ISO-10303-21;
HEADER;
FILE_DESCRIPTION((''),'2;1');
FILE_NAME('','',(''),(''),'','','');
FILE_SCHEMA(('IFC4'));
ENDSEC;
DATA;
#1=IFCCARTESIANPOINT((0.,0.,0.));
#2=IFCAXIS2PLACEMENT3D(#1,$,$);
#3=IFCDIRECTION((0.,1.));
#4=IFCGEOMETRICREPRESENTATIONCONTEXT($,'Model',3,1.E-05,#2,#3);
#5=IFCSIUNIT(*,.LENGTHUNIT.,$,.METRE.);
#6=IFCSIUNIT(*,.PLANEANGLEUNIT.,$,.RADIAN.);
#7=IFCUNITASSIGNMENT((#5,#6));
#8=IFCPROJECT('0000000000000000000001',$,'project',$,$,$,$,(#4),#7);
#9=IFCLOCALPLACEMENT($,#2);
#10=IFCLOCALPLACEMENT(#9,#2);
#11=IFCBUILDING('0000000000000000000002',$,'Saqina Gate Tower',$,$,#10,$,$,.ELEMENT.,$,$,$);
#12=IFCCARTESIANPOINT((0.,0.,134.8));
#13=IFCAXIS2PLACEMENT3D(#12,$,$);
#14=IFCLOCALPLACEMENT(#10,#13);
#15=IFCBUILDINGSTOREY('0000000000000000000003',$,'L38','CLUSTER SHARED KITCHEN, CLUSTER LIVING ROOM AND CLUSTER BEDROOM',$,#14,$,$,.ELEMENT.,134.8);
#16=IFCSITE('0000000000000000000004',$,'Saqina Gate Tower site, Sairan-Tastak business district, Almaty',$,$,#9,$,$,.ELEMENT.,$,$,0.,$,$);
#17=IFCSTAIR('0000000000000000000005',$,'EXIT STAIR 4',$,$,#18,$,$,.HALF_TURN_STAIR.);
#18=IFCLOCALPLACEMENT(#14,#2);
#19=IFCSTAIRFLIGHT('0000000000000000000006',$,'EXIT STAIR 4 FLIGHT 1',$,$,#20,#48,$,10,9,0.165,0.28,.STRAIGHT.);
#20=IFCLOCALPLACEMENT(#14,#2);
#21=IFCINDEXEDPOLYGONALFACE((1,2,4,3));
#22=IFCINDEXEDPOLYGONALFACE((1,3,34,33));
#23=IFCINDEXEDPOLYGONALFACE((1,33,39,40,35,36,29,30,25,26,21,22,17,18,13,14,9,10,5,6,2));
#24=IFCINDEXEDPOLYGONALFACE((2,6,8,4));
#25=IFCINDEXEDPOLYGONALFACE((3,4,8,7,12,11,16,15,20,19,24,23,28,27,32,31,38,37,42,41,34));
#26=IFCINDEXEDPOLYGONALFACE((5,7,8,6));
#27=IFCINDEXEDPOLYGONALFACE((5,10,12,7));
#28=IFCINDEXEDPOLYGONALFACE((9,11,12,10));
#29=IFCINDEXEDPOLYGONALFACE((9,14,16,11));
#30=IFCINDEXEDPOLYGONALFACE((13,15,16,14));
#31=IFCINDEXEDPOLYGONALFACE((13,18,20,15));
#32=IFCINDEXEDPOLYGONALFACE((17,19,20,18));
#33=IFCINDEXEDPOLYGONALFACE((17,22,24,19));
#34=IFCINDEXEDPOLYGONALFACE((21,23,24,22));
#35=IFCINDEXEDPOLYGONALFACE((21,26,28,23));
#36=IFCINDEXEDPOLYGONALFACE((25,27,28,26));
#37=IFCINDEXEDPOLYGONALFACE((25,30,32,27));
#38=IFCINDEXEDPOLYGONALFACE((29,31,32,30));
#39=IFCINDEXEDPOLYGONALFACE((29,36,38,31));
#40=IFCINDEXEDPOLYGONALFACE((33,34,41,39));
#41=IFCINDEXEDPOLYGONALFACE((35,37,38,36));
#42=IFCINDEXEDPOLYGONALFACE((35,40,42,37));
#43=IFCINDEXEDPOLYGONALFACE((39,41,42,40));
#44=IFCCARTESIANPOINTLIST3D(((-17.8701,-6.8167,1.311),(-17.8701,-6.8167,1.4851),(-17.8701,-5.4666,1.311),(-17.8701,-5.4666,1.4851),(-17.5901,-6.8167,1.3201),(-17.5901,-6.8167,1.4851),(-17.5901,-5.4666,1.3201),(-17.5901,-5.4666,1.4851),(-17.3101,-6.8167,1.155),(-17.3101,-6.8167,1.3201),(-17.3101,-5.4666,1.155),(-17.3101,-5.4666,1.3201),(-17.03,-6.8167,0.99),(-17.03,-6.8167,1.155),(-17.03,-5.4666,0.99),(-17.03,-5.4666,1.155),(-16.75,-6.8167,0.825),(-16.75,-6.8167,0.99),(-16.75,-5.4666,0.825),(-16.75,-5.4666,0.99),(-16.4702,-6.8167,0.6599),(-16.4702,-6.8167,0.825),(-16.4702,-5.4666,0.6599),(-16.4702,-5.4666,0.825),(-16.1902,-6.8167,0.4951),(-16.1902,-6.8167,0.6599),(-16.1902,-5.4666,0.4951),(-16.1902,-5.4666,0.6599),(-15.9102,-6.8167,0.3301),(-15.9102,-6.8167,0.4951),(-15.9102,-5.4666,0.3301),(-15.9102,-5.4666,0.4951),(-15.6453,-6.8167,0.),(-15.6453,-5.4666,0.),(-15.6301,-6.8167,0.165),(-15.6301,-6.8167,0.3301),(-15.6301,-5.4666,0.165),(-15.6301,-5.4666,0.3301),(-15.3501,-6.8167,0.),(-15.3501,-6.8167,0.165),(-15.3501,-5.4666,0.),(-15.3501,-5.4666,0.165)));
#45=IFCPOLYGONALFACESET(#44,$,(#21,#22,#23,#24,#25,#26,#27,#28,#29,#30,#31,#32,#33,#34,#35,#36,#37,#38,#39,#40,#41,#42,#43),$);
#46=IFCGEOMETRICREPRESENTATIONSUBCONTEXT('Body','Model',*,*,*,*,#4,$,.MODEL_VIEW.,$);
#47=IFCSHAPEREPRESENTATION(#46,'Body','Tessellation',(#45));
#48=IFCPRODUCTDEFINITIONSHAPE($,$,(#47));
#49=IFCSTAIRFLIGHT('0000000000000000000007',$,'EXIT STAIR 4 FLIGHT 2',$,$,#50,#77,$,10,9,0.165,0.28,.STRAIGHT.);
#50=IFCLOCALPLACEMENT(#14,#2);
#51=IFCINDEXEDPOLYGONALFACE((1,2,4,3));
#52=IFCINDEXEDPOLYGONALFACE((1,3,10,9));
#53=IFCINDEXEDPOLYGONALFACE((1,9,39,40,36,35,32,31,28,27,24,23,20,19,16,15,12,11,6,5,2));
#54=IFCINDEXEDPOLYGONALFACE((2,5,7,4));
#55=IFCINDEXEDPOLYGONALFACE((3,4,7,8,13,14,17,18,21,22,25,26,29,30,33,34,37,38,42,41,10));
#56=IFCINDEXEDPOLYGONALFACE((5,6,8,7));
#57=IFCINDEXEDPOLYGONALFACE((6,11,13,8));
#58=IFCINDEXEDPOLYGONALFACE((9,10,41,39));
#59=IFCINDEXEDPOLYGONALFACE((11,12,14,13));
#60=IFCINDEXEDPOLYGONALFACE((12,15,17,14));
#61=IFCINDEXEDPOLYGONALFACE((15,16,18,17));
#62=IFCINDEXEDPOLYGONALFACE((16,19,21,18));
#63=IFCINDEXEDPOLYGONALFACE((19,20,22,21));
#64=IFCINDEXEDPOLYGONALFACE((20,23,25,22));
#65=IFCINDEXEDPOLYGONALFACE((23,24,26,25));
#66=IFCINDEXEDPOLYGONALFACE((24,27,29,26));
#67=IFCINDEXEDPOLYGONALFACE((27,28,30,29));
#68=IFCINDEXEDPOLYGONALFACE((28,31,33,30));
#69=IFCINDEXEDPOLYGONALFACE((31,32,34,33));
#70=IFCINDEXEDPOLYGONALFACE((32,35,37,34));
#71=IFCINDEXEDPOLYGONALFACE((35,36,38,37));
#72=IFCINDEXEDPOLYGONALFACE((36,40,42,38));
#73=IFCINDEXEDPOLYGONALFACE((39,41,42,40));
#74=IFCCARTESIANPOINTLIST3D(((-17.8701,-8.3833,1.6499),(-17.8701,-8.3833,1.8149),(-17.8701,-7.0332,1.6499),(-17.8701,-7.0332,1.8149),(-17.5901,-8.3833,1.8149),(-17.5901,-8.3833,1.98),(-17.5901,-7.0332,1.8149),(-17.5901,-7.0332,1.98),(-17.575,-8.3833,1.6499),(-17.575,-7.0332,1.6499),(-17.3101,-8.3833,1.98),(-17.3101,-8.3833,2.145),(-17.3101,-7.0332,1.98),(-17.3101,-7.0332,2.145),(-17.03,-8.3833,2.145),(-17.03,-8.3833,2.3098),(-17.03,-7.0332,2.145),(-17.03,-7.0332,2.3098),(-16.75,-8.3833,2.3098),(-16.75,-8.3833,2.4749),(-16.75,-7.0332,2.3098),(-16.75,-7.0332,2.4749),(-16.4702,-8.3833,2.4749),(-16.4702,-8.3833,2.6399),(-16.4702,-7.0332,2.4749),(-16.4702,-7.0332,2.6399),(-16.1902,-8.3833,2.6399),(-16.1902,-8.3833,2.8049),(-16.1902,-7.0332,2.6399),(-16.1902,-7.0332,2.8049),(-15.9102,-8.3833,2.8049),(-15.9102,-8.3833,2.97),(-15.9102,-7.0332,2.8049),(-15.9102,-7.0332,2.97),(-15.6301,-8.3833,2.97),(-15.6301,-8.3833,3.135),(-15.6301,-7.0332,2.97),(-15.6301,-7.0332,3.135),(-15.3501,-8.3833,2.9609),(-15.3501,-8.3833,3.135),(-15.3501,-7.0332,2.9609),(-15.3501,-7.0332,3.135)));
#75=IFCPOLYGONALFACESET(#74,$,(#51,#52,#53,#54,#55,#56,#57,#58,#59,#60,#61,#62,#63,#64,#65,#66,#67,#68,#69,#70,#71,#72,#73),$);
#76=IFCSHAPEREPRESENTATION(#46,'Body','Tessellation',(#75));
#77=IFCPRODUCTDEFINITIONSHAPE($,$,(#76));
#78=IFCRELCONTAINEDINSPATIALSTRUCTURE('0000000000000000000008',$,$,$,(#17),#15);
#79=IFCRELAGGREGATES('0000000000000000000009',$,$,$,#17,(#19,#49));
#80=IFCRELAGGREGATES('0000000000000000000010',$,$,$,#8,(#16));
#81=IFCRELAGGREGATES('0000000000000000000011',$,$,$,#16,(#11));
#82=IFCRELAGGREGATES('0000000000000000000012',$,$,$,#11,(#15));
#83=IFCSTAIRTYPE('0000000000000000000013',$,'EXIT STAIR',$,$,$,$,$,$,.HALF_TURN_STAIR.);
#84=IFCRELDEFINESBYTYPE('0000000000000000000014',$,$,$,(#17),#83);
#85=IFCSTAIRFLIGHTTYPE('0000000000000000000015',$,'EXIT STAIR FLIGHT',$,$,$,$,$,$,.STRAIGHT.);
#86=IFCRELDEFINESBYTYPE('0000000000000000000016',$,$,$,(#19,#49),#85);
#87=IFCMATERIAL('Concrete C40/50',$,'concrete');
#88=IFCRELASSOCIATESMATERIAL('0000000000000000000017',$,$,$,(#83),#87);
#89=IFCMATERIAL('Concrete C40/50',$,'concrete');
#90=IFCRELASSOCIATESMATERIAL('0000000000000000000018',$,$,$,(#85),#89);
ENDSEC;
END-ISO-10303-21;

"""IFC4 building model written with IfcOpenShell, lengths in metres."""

from ifc_helpers import new_model, si_unit, direction, frame, origin, place, context, subcontext, project, spatial, polyline, outline, extrude, material, type_object, element, aggregate, save


model = new_model("IFC4")

# Units and contexts
model_context = context("Model", 3, precision=1e-05, world=origin(), true_north=direction((0.0, 1.0)))
body_context = subcontext(model_context, "Body", "Model", "MODEL_VIEW")
ifc_project = project(units=[si_unit("LENGTHUNIT", "METRE"), si_unit("PLANEANGLEUNIT", "RADIAN")], contexts=[model_context])

# Site, building, storey
site_placement = place(None, origin())
site = spatial("IfcSite", under=ifc_project, at=site_placement, Name="Saqina Gate Tower site, Sairan-Tastak business district, Almaty", CompositionType="ELEMENT", RefElevation=0.0)
building_placement = place(site_placement, origin())
building = spatial("IfcBuilding", under=site, at=building_placement, Name="Saqina Gate Tower", CompositionType="ELEMENT")
storey_placement = place(building_placement, frame((0.0, 0.0, 134.8)))
storey = spatial("IfcBuildingStorey", under=building, at=storey_placement, Name="L38", Description="CLUSTER SHARED KITCHEN, CLUSTER LIVING ROOM AND CLUSTER BEDROOM", CompositionType="ELEMENT", Elevation=134.8)

# Stair, stair flights
ifc_material_1 = material(Name="Concrete C40/50", Category="concrete")
stair_type = type_object("IfcStairType", Name="EXIT STAIR", PredefinedType="HALF_TURN_STAIR", material=ifc_material_1)
stair_placement = place(storey_placement, origin())
stair = element("IfcStair", 1, at=stair_placement, inside=storey, type_object=stair_type, Name="EXIT STAIR 4", PredefinedType="HALF_TURN_STAIR")
ifc_material_2 = material(Name="Concrete C40/50", Category="concrete")
stair_flight_type = type_object("IfcStairFlightType", Name="EXIT STAIR FLIGHT", PredefinedType="STRAIGHT", material=ifc_material_2)
stair_flight_1_placement = place(storey_placement, frame((-15.3501, -6.1416, 0.0), z_axis=(0.0, 0.0, 1.0), x_axis=(-1.0, 0.0, 0.0)))
stair_flight_1 = element("IfcStairFlight", 2, at=stair_flight_1_placement, type_object=stair_flight_type, Name="EXIT STAIR 4 FLIGHT 1", NumberOfRisers=10, NumberOfTreads=9, PredefinedType="STRAIGHT", RiserHeight=0.165, TreadLength=0.28, context=body_context, shape_type="SweptSolid", body=[
    extrude(outline(polyline([(0.0, 0.0), (0.0, 0.165), (0.28, 0.165), (0.28, 0.3301), (0.5601, 0.3301), (0.5601, 0.4951), (0.8401, 0.4951), (0.8401, 0.6599), (1.1201, 0.6599), (1.1201, 0.825), (1.3999, 0.825), (1.3999, 0.99), (1.6799, 0.99), (1.6799, 1.155), (1.96, 1.155), (1.96, 1.3201), (2.24, 1.3201), (2.24, 1.4851), (2.52, 1.4851), (2.52, 1.6499), (2.52, 1.311), (0.2952, 0.0), (0.0, 0.0)])), frame((0.0, 0.675, 0.0), z_axis=(0.0, -1.0, 0.0), x_axis=(1.0, 0.0, 0.0)), (0.0, 0.0, 1.0), 1.3501),
])
stair_flight_2_placement = place(storey_placement, frame((-17.8701, -7.7083, 1.6499), z_axis=(0.0, 0.0, 1.0), x_axis=(1.0, 0.0, 0.0)))
stair_flight_2 = element("IfcStairFlight", 3, at=stair_flight_2_placement, type_object=stair_flight_type, Name="EXIT STAIR 4 FLIGHT 2", NumberOfRisers=10, NumberOfTreads=9, PredefinedType="STRAIGHT", RiserHeight=0.165, TreadLength=0.28, context=body_context, shape_type="SweptSolid", body=[
    extrude(outline(polyline([(0.0, 0.0), (0.0, 0.165), (0.28, 0.165), (0.28, 0.3301), (0.5601, 0.3301), (0.5601, 0.4951), (0.8401, 0.4951), (0.8401, 0.6599), (1.1201, 0.6599), (1.1201, 0.825), (1.3999, 0.825), (1.3999, 0.99), (1.6799, 0.99), (1.6799, 1.155), (1.96, 1.155), (1.96, 1.3201), (2.24, 1.3201), (2.24, 1.4851), (2.52, 1.4851), (2.52, 1.6499), (2.52, 1.311), (0.2952, 0.0), (0.0, 0.0)])), frame((0.0, 0.675, 0.0), z_axis=(0.0, -1.0, 0.0), x_axis=(1.0, 0.0, 0.0)), (0.0, 0.0, 1.0), 1.3501),
])
aggregate(stair, [stair_flight_1, stair_flight_2])

save(model, "model.ifc")
